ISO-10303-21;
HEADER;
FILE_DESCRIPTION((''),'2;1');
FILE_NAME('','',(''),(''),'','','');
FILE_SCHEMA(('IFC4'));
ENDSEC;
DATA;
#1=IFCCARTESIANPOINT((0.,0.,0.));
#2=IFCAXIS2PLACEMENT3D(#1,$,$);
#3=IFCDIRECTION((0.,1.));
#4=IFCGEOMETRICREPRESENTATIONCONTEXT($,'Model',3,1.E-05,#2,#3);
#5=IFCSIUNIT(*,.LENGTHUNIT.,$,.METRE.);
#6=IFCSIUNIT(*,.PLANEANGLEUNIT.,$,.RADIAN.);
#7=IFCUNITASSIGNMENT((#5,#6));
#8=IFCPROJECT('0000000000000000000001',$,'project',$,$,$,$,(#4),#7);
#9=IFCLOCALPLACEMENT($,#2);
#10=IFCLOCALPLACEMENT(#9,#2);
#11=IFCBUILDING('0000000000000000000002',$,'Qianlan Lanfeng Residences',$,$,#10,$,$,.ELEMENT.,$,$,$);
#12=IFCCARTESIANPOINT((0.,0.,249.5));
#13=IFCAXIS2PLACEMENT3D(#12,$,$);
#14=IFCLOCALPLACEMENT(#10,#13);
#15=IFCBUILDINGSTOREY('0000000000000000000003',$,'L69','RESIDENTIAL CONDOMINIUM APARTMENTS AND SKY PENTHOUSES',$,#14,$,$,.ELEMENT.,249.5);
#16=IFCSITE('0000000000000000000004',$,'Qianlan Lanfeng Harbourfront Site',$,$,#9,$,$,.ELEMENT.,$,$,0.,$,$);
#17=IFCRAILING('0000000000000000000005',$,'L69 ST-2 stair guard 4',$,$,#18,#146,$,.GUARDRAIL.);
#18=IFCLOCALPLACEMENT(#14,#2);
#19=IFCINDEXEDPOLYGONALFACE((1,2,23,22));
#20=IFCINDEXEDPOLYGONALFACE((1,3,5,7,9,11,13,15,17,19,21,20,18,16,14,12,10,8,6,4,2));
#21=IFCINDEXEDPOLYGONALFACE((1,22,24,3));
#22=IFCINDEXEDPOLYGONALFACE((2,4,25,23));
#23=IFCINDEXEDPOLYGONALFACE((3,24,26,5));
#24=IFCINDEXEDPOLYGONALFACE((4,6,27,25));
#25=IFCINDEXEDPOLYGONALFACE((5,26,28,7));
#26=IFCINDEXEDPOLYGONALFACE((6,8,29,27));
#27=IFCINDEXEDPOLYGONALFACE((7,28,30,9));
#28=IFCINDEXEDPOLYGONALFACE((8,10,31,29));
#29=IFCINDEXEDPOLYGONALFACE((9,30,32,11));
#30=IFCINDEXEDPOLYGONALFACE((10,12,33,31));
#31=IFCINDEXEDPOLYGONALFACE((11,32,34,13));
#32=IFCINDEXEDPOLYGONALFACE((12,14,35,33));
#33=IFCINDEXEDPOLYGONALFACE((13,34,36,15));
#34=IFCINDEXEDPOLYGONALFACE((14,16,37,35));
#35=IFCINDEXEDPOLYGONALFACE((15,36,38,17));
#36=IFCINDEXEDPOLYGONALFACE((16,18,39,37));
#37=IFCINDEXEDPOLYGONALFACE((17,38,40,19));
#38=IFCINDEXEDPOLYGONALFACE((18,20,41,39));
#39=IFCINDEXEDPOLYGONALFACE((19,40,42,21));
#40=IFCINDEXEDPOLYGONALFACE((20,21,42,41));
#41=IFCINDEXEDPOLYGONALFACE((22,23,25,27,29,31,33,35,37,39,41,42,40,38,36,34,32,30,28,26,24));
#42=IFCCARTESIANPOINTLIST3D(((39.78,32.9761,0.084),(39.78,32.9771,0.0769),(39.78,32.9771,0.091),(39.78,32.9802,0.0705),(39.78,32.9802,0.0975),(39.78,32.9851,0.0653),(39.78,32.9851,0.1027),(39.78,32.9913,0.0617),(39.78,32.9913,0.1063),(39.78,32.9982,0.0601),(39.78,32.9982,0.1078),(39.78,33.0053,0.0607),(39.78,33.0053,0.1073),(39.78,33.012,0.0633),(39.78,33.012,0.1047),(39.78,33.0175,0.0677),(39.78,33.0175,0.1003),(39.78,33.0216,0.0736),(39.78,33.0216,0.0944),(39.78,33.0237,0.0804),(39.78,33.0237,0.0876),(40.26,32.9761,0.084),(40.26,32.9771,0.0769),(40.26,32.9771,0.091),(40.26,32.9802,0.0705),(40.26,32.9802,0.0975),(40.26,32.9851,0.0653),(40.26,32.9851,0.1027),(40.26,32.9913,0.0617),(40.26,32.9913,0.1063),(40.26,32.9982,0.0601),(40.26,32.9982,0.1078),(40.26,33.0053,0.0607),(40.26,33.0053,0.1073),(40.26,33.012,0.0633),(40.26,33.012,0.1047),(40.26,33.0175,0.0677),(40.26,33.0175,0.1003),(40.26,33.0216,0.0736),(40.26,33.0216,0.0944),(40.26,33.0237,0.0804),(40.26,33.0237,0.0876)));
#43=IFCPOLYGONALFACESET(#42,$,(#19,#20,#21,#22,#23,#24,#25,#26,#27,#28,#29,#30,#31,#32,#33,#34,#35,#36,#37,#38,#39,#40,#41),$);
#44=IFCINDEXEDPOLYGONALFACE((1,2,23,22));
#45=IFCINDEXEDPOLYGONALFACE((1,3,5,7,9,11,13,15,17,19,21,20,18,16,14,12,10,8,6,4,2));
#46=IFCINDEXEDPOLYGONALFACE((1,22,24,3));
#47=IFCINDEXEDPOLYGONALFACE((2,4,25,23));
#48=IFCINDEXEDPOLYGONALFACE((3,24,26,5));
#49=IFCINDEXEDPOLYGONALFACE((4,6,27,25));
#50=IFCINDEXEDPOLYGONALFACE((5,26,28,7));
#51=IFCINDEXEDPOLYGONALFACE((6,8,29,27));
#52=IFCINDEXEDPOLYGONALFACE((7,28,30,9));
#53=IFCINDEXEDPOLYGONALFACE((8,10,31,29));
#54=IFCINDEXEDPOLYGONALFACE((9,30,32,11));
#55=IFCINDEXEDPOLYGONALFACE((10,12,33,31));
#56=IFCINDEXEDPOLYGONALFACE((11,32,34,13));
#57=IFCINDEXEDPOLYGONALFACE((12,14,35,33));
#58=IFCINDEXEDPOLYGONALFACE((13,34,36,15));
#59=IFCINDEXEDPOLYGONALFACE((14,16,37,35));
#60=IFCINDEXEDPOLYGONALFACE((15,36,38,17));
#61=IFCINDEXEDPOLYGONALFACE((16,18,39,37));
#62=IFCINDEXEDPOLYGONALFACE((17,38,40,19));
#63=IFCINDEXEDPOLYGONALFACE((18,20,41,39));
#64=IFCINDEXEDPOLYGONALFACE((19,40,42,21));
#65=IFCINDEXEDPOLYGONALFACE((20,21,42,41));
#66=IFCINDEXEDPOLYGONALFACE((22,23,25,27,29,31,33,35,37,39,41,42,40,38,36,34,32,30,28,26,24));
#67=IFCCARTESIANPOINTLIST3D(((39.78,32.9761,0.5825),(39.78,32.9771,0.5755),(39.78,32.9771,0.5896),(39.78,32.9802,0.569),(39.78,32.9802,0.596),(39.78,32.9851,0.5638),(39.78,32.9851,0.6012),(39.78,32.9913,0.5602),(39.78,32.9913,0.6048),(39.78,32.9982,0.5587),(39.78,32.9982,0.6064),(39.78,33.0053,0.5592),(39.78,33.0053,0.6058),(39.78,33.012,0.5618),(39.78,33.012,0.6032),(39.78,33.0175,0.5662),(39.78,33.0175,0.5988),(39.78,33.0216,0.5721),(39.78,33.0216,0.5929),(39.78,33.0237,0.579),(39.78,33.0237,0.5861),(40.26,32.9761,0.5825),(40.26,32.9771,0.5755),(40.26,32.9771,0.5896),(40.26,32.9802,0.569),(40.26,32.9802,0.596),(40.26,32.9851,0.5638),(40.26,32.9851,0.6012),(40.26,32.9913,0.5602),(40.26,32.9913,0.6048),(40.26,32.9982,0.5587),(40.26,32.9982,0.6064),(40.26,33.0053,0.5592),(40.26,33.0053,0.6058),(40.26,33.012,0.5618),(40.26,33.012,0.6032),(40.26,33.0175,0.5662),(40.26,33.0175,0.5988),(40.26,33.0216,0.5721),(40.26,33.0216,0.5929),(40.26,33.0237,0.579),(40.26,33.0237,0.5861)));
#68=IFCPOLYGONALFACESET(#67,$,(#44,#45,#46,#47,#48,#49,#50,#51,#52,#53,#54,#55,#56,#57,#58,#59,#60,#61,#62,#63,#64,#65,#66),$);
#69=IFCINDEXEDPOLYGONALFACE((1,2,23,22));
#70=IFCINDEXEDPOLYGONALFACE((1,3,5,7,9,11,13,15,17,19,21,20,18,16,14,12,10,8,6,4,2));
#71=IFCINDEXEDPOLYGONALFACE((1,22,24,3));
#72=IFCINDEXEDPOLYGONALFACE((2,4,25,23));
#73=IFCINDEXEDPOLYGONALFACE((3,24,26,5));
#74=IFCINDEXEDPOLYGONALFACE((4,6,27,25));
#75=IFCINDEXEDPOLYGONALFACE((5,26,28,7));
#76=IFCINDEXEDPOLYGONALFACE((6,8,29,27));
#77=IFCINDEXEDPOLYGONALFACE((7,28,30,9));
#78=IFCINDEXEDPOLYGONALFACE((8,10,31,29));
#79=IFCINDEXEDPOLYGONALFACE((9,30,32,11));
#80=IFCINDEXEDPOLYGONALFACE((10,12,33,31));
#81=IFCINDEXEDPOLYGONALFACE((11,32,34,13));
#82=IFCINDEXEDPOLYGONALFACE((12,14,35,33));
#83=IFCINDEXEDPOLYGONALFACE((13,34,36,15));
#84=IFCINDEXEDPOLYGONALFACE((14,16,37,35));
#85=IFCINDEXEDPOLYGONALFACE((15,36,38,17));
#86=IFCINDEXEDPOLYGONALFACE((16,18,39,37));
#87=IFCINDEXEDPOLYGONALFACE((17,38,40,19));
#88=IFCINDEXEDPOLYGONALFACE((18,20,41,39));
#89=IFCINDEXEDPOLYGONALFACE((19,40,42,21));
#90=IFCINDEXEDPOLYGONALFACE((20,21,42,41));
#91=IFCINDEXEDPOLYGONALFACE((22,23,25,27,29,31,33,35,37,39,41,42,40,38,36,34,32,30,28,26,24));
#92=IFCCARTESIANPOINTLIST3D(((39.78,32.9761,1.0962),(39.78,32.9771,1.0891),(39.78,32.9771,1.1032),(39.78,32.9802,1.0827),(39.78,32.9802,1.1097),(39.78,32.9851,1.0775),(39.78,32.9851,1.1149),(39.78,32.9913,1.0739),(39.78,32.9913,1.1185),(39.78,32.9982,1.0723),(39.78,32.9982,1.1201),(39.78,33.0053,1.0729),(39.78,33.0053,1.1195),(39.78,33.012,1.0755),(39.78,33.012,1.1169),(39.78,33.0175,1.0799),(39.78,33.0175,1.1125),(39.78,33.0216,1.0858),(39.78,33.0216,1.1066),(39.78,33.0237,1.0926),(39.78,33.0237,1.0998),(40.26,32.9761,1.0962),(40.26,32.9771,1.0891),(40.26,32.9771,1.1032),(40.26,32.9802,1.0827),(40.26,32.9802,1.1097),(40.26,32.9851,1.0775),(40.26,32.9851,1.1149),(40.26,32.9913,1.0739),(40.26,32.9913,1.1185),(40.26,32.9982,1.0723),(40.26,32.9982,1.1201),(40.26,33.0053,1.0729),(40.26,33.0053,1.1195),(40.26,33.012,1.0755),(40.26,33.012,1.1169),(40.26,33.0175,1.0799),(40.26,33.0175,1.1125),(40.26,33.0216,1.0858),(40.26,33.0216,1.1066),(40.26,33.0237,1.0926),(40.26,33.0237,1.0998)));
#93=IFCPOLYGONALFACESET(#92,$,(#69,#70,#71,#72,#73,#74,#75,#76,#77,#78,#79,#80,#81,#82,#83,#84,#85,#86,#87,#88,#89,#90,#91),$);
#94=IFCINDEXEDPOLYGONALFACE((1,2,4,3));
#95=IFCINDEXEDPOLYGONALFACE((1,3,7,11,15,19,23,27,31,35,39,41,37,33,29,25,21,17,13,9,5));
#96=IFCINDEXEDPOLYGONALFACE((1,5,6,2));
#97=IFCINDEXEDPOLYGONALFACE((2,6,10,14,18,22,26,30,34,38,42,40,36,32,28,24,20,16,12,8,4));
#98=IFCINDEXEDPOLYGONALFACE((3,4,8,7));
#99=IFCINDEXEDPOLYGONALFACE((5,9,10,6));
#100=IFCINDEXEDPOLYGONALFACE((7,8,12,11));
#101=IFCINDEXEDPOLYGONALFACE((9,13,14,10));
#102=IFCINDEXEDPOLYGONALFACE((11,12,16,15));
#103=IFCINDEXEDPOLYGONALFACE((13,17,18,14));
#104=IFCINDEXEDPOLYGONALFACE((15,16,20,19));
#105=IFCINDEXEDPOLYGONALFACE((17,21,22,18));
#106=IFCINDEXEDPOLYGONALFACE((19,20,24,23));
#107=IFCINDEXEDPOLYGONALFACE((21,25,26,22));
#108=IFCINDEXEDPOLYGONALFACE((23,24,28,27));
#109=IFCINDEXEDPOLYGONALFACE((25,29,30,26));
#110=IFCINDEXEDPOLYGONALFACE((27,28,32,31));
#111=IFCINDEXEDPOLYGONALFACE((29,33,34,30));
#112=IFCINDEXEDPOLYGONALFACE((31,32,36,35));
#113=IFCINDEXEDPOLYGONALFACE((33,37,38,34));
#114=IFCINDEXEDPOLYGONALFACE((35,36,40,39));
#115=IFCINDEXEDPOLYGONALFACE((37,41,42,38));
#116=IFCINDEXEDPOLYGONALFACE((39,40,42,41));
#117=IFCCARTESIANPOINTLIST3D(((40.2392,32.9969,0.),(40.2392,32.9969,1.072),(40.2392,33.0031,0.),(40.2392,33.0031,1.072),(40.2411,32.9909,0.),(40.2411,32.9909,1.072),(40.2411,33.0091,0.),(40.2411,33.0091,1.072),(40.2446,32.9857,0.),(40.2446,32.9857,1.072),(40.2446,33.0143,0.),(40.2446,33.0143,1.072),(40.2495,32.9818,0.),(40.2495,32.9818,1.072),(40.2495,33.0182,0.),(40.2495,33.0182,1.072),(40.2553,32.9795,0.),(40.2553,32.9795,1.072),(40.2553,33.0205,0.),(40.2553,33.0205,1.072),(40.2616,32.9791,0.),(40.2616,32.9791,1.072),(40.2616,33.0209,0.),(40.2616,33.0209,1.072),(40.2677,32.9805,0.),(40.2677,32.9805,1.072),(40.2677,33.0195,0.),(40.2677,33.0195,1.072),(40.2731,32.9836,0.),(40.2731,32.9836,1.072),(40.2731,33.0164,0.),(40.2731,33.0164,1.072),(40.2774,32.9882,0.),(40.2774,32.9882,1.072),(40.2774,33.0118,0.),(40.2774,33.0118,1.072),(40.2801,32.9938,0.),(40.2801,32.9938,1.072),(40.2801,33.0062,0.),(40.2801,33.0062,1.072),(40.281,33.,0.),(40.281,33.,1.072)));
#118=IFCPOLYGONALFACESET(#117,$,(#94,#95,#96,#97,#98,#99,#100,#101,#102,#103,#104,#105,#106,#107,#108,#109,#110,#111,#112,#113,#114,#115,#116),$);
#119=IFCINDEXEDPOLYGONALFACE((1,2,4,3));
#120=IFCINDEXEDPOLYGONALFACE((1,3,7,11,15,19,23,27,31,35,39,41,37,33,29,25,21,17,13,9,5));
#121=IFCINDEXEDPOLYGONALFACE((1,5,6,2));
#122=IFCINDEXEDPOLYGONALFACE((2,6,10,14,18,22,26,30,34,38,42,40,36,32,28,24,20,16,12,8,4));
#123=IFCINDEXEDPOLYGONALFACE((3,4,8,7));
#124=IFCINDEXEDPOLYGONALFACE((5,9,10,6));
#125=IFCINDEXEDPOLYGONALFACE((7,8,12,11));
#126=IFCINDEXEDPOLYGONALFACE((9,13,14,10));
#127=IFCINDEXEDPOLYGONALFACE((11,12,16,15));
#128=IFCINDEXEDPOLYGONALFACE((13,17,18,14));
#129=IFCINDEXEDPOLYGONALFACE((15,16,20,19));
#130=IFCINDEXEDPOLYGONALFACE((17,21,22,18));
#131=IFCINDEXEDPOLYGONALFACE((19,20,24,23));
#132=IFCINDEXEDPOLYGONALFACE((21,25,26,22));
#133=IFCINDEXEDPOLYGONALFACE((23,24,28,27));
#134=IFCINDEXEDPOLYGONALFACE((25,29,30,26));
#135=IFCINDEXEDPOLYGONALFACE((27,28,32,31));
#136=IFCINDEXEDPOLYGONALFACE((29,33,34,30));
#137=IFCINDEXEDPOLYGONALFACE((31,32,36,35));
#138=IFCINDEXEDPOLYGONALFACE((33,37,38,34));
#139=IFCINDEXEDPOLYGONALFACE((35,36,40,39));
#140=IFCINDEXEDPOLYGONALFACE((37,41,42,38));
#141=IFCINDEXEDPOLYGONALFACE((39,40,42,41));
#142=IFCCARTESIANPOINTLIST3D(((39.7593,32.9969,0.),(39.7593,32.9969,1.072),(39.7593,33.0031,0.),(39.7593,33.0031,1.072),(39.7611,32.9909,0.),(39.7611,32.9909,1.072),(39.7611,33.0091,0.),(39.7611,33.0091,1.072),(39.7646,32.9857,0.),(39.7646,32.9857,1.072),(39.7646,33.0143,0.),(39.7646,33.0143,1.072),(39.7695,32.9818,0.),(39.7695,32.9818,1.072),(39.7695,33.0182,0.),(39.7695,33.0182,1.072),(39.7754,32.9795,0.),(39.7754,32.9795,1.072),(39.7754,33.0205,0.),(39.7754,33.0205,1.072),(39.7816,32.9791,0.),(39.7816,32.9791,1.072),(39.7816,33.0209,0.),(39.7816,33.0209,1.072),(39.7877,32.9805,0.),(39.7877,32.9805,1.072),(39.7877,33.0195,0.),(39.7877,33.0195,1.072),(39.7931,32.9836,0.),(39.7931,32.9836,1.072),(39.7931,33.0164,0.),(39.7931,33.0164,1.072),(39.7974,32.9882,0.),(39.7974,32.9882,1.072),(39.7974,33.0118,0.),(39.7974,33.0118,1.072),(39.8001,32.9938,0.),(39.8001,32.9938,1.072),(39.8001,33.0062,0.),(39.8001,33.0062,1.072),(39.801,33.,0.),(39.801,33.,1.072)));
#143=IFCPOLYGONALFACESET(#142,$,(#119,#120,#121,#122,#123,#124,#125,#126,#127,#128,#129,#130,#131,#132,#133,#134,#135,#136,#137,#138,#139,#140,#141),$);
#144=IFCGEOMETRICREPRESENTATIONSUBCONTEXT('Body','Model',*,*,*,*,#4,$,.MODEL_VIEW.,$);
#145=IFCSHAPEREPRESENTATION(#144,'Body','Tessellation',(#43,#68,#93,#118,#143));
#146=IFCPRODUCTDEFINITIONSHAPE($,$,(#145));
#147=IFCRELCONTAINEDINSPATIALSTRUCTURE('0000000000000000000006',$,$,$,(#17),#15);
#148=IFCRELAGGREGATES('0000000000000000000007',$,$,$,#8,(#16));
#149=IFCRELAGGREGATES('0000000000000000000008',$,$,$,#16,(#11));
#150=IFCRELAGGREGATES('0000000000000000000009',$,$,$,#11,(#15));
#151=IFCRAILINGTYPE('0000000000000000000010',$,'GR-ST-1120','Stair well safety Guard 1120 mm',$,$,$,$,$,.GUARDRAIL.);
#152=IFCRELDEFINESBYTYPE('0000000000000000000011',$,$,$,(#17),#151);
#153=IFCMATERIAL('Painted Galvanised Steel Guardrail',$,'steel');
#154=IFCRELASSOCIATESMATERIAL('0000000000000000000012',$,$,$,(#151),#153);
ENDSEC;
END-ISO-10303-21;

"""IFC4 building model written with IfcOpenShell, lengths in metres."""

from ifc_helpers import new_model, si_unit, direction, frame, origin, origin_2d, place, context, subcontext, project, spatial, circle, extrude, material, type_object, element, save


model = new_model("IFC4")

# Units and contexts
model_context = context("Model", 3, precision=1e-05, world=origin(), true_north=direction((0.0, 1.0)))
body_context = subcontext(model_context, "Body", "Model", "MODEL_VIEW")
ifc_project = project(units=[si_unit("LENGTHUNIT", "METRE"), si_unit("PLANEANGLEUNIT", "RADIAN")], contexts=[model_context])

# Site, building, storey
site_placement = place(None, origin())
site = spatial("IfcSite", under=ifc_project, at=site_placement, Name="Qianlan Lanfeng Harbourfront Site", CompositionType="ELEMENT", RefElevation=0.0)
building_placement = place(site_placement, origin())
building = spatial("IfcBuilding", under=site, at=building_placement, Name="Qianlan Lanfeng Residences", CompositionType="ELEMENT")
storey_placement = place(building_placement, frame((0.0, 0.0, 249.5)))
storey = spatial("IfcBuildingStorey", under=building, at=storey_placement, Name="L69", Description="RESIDENTIAL CONDOMINIUM APARTMENTS AND SKY PENTHOUSES", CompositionType="ELEMENT", Elevation=249.5)

# Railing
ifc_material_1 = material(Name="Painted Galvanised Steel Guardrail", Category="steel")
railing_type_1 = type_object("IfcRailingType", Name="GR-ST-1120", Description="Stair well safety Guard 1120 mm", PredefinedType="GUARDRAIL", material=ifc_material_1)
railing_1_placement = place(storey_placement, frame((40.26, 33.0, 0.0)))
element("IfcRailing", 1, at=railing_1_placement, inside=storey, type_object=railing_type_1, Name="L69 ST-2 stair guard 4", PredefinedType="GUARDRAIL", context=body_context, shape_type="SweptSolid", body=[
    extrude(circle(Radius=0.0239, at=origin_2d()), frame((0.0, 0.0, 0.084), z_axis=(-1.0, 0.0, 0.0), x_axis=(0.0, -1.0, 0.0)), (0.0, 0.0, 1.0), 0.48),
    extrude(circle(Radius=0.0239, at=origin_2d()), frame((0.0, 0.0, 0.5825), z_axis=(-1.0, 0.0, 0.0), x_axis=(0.0, -1.0, 0.0)), (0.0, 0.0, 1.0), 0.48),
    extrude(circle(Radius=0.0239, at=origin_2d()), frame((0.0, 0.0, 1.0962), z_axis=(-1.0, 0.0, 0.0), x_axis=(0.0, -1.0, 0.0)), (0.0, 0.0, 1.0), 0.48),
    extrude(circle(Radius=0.021, at=origin_2d()), origin(), (0.0, 0.0, 1.0), 1.072),
    extrude(circle(Radius=0.021, at=origin_2d()), frame((-0.48, 0.0, 0.0)), (0.0, 0.0, 1.0), 1.072),
])

save(model, "model.ifc")
